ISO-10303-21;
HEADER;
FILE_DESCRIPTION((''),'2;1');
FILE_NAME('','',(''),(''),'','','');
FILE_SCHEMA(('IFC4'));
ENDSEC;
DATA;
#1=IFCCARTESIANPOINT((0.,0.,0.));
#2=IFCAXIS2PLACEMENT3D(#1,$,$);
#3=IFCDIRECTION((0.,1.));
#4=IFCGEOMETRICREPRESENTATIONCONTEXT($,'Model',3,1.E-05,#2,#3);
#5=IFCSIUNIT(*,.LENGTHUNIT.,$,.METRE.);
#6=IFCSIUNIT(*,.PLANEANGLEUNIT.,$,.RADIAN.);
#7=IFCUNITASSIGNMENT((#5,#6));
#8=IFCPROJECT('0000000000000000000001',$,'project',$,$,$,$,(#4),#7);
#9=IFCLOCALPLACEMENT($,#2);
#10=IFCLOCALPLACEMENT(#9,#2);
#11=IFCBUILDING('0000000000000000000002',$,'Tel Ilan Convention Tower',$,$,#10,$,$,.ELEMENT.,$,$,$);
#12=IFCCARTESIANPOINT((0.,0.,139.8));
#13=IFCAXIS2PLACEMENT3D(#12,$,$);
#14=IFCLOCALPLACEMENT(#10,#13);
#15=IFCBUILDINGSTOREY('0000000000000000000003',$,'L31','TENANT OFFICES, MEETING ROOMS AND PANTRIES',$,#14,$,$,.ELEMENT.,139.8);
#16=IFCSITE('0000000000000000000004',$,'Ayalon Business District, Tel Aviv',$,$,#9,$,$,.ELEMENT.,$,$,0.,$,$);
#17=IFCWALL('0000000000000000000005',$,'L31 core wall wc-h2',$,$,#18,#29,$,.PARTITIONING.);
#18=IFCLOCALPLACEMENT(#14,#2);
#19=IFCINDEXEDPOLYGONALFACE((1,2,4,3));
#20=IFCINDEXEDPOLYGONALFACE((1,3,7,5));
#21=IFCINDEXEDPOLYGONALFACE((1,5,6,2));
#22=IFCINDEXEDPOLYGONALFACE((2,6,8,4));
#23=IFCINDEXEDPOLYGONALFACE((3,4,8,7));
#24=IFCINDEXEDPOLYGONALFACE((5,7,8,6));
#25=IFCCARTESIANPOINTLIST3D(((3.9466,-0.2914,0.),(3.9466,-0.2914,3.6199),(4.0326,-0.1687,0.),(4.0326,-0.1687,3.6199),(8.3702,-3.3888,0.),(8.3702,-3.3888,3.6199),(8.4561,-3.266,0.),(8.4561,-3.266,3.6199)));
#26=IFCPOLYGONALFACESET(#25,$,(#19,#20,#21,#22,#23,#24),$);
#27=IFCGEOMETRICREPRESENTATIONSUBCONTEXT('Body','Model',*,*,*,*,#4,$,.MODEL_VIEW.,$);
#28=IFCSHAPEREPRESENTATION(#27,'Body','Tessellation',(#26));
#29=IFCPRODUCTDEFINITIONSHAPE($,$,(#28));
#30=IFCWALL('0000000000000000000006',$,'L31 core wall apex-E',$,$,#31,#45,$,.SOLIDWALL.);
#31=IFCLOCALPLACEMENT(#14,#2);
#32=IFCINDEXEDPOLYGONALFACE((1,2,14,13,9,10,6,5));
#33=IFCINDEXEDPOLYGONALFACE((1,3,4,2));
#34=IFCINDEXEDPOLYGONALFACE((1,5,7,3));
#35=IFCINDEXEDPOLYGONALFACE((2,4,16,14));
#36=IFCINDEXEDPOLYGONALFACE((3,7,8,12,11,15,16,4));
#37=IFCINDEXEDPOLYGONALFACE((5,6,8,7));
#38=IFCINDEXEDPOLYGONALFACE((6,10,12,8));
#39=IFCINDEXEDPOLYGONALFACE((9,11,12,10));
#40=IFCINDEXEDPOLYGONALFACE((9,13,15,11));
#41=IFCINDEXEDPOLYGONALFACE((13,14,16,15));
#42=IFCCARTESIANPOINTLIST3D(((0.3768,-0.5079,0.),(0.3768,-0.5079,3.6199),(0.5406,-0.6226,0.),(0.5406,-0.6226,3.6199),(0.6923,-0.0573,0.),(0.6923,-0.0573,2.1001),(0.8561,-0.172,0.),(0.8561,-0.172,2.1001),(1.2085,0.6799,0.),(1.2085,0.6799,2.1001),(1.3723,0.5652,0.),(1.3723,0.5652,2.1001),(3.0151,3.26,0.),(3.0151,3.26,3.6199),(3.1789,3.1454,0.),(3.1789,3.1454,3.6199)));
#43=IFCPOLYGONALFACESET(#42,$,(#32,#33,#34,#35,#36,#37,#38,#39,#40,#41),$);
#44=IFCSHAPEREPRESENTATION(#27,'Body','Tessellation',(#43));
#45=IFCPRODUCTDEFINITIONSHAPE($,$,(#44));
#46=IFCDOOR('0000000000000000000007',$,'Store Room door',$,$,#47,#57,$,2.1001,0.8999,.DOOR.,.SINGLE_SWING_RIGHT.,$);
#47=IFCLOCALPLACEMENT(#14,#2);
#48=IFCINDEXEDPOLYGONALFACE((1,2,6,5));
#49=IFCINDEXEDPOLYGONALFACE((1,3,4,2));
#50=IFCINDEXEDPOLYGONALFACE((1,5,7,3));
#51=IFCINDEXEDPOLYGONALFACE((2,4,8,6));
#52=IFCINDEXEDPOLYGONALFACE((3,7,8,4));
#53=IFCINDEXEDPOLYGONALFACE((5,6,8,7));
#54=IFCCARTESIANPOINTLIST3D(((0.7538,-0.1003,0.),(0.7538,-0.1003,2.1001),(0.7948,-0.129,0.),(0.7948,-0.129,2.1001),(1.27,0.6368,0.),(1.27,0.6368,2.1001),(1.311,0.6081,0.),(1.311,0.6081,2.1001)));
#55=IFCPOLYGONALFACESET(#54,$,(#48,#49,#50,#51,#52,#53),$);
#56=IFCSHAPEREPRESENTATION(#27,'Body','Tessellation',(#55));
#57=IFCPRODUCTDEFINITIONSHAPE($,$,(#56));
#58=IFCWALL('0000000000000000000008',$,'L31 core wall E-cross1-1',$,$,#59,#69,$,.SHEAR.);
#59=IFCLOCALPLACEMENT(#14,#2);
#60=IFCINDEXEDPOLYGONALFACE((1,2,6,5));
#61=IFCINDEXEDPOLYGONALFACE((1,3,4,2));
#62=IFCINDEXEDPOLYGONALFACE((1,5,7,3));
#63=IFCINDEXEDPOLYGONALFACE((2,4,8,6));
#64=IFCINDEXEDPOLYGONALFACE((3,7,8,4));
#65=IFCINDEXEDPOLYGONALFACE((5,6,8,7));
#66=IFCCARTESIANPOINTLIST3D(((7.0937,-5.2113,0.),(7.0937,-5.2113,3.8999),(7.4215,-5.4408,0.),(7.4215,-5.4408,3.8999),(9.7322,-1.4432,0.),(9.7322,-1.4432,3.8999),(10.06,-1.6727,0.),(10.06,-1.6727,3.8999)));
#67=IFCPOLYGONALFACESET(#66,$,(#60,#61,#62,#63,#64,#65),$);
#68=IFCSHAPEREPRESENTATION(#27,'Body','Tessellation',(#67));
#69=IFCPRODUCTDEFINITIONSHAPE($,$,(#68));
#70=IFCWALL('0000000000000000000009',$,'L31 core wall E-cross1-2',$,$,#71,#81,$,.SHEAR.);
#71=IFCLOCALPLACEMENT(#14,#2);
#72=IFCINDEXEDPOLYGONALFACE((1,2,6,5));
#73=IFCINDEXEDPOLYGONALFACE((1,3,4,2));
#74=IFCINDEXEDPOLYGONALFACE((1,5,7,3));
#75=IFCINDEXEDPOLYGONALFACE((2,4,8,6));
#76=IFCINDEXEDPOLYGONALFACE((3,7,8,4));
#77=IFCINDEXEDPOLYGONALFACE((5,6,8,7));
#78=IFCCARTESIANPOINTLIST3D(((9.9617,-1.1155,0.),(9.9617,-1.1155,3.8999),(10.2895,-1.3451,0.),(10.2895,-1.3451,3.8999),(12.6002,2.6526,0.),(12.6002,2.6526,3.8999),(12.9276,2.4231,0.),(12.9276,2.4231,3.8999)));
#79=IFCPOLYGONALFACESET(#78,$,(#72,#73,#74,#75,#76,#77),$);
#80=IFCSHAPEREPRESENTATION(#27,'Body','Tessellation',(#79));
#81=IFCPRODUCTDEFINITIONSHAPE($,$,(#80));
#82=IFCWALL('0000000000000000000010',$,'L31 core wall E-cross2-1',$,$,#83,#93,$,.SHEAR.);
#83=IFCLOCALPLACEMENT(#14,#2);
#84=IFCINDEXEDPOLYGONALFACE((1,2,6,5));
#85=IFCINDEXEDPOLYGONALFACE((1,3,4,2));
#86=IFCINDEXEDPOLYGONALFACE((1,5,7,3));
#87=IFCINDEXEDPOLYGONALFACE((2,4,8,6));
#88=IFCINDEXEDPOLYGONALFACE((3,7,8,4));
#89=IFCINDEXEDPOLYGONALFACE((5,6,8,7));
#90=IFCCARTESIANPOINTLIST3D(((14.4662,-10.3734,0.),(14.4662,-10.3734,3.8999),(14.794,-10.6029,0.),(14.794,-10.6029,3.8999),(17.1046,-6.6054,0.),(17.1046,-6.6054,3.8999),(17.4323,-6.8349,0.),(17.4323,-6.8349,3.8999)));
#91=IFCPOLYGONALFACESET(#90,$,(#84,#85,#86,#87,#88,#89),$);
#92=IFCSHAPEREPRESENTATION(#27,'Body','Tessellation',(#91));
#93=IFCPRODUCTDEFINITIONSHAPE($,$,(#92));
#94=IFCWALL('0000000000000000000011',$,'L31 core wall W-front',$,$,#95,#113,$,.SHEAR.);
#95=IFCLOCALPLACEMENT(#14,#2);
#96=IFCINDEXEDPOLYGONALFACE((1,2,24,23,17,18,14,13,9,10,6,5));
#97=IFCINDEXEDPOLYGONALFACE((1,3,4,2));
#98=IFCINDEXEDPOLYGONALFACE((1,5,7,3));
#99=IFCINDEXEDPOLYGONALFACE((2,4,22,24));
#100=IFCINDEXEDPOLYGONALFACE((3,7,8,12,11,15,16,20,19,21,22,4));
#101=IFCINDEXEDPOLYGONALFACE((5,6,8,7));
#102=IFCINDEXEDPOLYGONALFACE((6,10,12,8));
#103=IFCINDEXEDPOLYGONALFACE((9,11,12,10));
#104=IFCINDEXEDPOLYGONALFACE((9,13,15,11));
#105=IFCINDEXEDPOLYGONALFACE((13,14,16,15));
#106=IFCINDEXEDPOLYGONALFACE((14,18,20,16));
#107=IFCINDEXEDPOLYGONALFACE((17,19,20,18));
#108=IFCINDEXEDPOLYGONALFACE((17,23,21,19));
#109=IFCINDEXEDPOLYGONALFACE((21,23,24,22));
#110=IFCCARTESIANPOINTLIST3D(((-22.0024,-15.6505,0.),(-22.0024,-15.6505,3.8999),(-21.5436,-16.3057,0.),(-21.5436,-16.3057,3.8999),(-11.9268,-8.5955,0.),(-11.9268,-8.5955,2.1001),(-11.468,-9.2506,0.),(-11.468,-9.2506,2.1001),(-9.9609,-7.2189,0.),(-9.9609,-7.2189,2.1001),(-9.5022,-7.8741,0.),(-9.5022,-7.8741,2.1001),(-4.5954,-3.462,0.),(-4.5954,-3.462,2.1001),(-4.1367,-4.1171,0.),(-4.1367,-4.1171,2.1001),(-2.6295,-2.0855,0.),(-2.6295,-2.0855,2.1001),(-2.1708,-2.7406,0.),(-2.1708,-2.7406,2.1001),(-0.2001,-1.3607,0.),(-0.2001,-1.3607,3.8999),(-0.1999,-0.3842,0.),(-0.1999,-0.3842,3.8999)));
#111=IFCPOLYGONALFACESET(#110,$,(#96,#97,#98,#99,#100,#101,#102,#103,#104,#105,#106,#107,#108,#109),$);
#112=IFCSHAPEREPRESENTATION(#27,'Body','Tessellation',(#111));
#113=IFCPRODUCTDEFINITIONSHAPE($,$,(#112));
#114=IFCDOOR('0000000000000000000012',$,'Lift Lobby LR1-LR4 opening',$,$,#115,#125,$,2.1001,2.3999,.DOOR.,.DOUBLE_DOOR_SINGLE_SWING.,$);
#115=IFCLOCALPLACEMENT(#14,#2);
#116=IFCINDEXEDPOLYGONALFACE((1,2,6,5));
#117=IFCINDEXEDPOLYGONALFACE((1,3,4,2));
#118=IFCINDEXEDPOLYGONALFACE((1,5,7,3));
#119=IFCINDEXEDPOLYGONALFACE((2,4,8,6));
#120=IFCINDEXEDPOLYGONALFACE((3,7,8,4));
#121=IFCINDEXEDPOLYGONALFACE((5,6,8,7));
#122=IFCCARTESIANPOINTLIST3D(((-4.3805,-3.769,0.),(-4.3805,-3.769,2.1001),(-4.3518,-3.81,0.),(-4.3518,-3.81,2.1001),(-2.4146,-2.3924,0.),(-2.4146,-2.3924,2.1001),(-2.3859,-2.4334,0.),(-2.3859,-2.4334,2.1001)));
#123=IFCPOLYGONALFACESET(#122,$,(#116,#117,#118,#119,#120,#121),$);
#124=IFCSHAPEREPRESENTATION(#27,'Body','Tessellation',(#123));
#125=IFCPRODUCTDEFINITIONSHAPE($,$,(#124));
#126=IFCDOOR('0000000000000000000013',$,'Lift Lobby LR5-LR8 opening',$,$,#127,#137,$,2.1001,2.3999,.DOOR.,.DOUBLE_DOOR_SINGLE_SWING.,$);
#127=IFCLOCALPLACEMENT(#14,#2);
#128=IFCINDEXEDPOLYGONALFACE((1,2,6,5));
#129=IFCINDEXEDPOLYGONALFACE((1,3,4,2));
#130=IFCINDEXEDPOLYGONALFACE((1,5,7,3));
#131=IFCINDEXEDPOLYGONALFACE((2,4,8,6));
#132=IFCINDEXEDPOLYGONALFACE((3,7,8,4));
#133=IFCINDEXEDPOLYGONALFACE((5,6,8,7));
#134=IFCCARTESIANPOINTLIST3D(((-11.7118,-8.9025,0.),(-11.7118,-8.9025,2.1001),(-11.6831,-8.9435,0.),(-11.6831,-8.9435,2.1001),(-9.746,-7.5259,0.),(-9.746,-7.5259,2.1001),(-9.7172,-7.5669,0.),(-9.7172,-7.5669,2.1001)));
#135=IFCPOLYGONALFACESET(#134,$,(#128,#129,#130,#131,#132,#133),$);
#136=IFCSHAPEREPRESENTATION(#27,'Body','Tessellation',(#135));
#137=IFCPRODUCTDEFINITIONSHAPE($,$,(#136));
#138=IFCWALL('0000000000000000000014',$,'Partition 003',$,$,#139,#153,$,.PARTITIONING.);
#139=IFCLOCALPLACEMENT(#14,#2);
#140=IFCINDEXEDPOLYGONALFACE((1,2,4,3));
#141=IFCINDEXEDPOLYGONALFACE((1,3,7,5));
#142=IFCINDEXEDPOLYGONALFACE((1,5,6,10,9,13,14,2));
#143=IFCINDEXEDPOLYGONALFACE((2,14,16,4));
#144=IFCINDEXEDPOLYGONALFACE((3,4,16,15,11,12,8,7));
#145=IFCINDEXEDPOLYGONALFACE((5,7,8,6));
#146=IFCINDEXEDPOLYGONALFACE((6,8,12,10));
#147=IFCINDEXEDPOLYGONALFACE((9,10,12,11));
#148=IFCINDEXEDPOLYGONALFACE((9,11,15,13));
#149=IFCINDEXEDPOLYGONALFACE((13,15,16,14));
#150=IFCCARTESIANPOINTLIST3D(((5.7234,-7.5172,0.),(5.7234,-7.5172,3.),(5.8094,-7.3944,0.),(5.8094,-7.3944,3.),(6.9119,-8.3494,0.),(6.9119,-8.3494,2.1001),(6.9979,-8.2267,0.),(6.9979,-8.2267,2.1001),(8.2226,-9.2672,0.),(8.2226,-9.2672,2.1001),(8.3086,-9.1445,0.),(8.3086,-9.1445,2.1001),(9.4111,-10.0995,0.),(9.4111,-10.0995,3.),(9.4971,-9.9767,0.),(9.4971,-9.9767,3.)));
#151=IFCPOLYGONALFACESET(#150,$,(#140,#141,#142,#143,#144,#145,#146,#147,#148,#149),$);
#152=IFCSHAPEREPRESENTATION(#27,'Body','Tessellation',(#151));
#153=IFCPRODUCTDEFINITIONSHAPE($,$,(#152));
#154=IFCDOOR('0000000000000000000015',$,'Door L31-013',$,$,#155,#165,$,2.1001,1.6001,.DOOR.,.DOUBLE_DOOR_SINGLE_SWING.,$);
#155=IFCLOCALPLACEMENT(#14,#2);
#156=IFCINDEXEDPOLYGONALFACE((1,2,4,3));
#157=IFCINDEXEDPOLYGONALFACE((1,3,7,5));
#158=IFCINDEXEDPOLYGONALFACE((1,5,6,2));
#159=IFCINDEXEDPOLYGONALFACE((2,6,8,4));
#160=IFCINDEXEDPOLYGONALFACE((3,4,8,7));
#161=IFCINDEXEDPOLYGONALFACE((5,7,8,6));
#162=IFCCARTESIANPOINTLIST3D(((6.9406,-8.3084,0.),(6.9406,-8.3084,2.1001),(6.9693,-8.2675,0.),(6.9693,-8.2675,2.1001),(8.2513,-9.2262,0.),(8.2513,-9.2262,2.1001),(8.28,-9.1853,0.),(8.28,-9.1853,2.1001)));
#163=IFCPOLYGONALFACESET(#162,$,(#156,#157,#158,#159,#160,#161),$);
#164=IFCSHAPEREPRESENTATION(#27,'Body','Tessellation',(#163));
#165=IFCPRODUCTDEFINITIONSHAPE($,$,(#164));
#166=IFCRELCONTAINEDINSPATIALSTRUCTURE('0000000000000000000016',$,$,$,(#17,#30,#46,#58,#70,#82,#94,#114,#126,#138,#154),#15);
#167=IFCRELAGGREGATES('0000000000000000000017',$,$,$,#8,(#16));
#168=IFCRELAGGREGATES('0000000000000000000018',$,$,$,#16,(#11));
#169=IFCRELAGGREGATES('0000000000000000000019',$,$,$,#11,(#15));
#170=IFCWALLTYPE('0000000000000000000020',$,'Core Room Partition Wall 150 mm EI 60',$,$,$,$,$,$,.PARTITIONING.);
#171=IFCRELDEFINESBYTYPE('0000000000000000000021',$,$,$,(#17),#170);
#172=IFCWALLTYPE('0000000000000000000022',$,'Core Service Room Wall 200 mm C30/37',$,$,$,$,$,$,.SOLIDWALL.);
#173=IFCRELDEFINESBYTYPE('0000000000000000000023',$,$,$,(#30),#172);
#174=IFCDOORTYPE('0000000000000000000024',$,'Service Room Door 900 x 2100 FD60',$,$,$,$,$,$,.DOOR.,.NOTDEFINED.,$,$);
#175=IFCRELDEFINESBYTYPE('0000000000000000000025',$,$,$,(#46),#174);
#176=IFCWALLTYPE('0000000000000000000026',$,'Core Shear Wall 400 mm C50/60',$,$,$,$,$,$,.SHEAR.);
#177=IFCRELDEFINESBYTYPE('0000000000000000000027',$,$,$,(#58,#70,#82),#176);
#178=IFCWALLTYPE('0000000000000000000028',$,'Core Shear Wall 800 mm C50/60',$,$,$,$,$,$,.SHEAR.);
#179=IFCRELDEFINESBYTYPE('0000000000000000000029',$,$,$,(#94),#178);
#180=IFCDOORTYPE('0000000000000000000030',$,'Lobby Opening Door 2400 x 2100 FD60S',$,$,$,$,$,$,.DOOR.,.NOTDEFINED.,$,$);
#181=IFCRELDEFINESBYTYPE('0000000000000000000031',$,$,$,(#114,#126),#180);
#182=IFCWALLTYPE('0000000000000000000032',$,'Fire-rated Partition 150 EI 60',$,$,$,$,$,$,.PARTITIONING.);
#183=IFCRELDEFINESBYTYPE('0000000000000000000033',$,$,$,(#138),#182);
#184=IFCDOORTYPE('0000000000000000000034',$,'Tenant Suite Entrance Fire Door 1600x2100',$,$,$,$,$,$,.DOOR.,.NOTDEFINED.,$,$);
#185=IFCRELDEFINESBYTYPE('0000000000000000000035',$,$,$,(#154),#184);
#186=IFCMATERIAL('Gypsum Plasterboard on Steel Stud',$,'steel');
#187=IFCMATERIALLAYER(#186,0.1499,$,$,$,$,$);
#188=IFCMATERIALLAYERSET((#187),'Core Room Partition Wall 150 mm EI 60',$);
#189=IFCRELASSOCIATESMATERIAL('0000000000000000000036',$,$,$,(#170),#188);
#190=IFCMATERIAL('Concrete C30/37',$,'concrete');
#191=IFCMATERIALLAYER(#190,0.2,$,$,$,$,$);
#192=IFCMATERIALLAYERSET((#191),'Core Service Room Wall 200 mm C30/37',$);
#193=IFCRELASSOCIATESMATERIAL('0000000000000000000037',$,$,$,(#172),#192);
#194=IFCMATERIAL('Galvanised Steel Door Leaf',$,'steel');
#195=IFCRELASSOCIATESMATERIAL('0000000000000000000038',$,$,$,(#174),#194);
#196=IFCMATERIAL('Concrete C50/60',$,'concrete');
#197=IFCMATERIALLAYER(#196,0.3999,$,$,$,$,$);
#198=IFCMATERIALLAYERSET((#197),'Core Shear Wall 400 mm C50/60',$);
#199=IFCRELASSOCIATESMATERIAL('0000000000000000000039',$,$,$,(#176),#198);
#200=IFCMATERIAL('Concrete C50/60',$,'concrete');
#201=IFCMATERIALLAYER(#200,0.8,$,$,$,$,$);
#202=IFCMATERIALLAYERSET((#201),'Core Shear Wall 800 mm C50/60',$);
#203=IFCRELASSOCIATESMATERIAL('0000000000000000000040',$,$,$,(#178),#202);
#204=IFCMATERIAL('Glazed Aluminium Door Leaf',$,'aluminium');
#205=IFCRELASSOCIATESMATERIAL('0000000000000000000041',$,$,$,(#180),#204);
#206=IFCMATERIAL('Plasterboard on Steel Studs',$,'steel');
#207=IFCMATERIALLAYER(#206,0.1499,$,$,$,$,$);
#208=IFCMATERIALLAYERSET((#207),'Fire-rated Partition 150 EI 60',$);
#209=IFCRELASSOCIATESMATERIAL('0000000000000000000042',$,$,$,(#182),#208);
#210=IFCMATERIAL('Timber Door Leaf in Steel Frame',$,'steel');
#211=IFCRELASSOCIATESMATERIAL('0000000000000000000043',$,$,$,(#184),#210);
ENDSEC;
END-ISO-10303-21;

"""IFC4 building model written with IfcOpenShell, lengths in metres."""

from ifc_helpers import new_model, si_unit, direction, frame, frame_2d, origin, place, context, subcontext, project, spatial, polyline, rectangle, outline, extrude, material, layer, layer_set, type_object, element, fill, save


model = new_model("IFC4")

# Units and contexts
model_context = context("Model", 3, precision=1e-05, world=origin(), true_north=direction((0.0, 1.0)))
body_context = subcontext(model_context, "Body", "Model", "MODEL_VIEW")
ifc_project = project(units=[si_unit("LENGTHUNIT", "METRE"), si_unit("PLANEANGLEUNIT", "RADIAN")], contexts=[model_context])

# Site, building, storey
site_placement = place(None, origin())
site = spatial("IfcSite", under=ifc_project, at=site_placement, Name="Ayalon Business District, Tel Aviv", CompositionType="ELEMENT", RefElevation=0.0)
building_placement = place(site_placement, origin())
building = spatial("IfcBuilding", under=site, at=building_placement, Name="Tel Ilan Convention Tower", CompositionType="ELEMENT")
storey_placement = place(building_placement, frame((0.0, 0.0, 139.8)))
storey = spatial("IfcBuildingStorey", under=building, at=storey_placement, Name="L31", Description="TENANT OFFICES, MEETING ROOMS AND PANTRIES", CompositionType="ELEMENT", Elevation=139.8)

# Shared definitions
ifc_material_1 = material(Name="Gypsum Plasterboard on Steel Stud", Category="steel")
ifc_layer_1 = layer(ifc_material_1, 0.1499)
ifc_layer_set_1 = layer_set([ifc_layer_1], Name="Core Room Partition Wall 150 mm EI 60")
wall_type_1 = type_object("IfcWallType", Name="Core Room Partition Wall 150 mm EI 60", PredefinedType="PARTITIONING", material=ifc_layer_set_1)

# Wall
wall_1_placement = place(storey_placement, frame((3.9895, -0.23, 0.0), z_axis=(0.0, 0.0, 1.0), x_axis=(0.819153, -0.573575, 0.0)))
element("IfcWall", 1, at=wall_1_placement, inside=storey, type_object=wall_type_1, Name="L31 core wall wc-h2", PredefinedType="PARTITIONING", context=body_context, shape_type="SweptSolid", body=[
    extrude(rectangle(XDim=5.4001, YDim=0.1499, at=frame_2d((2.7002, 0.0))), origin(), (0.0, 0.0, 1.0), 3.6199),
])

# Wall, opening, door
ifc_material_2 = material(Name="Concrete C30/37", Category="concrete")
ifc_layer_2 = layer(ifc_material_2, 0.2)
ifc_layer_set_2 = layer_set([ifc_layer_2], Name="Core Service Room Wall 200 mm C30/37")
wall_type_2 = type_object("IfcWallType", Name="Core Service Room Wall 200 mm C30/37", PredefinedType="SOLIDWALL", material=ifc_layer_set_2)
wall_2_placement = place(storey_placement, frame((0.4587, -0.5652, 0.0), z_axis=(0.0, 0.0, 1.0), x_axis=(0.573576, 0.819152, 0.0)))
wall_2 = element("IfcWall", 2, at=wall_2_placement, inside=storey, type_object=wall_type_2, Name="L31 core wall apex-E", PredefinedType="SOLIDWALL", context=body_context, shape_type="SweptSolid", body=[
    extrude(rectangle(XDim=4.5999, YDim=0.2, at=frame_2d((2.2998, 0.0))), origin(), (0.0, 0.0, 1.0), 3.6199),
])
opening_1_placement = place(wall_2_placement, frame((0.55, 0.0, 0.0)))
opening_1 = element("IfcOpeningElement", 3, at=opening_1_placement, cuts=wall_2, PredefinedType="OPENING", context=body_context, shape_type="SweptSolid", body=[
    extrude(rectangle(XDim=0.8999, YDim=2.1001, at=frame_2d((0.45, 1.05))), frame((0.0, 0.1099, 0.0), z_axis=(0.0, -1.0, 0.0), x_axis=(1.0, 0.0, 0.0)), (0.0, 0.0, 1.0), 0.22),
])
ifc_material_3 = material(Name="Galvanised Steel Door Leaf", Category="steel")
door_type_1 = type_object("IfcDoorType", Name="Service Room Door 900 x 2100 FD60", OperationType="NOTDEFINED", PredefinedType="DOOR", material=ifc_material_3)
door_1_placement = place(opening_1_placement, origin())
door_1 = element("IfcDoor", 4, at=door_1_placement, inside=storey, type_object=door_type_1, Name="Store Room door", OperationType="SINGLE_SWING_RIGHT", OverallHeight=2.1001, OverallWidth=0.8999, PredefinedType="DOOR", context=body_context, shape_type="SweptSolid", body=[
    extrude(rectangle(XDim=0.8999, YDim=2.1001, at=frame_2d((0.45, 1.05))), frame((0.0, 0.0249, 0.0), z_axis=(0.0, -1.0, 0.0), x_axis=(1.0, 0.0, 0.0)), (0.0, 0.0, 1.0), 0.05),
])
fill(opening_1, door_1)

# Walls
ifc_material_4 = material(Name="Concrete C50/60", Category="concrete")
ifc_layer_3 = layer(ifc_material_4, 0.3999)
ifc_layer_set_3 = layer_set([ifc_layer_3], Name="Core Shear Wall 400 mm C50/60")
wall_type_3 = type_object("IfcWallType", Name="Core Shear Wall 400 mm C50/60", PredefinedType="SHEAR", material=ifc_layer_set_3)
wall_3_placement = place(storey_placement, frame((7.2578, -5.3259, 0.0), z_axis=(0.0, 0.0, 1.0), x_axis=(0.573541, 0.819177, 0.0)))
element("IfcWall", 5, at=wall_3_placement, inside=storey, type_object=wall_type_3, Name="L31 core wall E-cross1-1", PredefinedType="SHEAR", context=body_context, shape_type="SweptSolid", body=[
    extrude(outline(polyline([(-0.0002, 0.2002), (-0.0002, -0.2), (4.5999, -0.2002), (4.5999, 0.2), (-0.0002, 0.2002)])), origin(), (0.0, 0.0, 1.0), 3.8999),
])
wall_4_placement = place(storey_placement, frame((10.1255, -1.2302, 0.0), z_axis=(0.0, 0.0, 1.0), x_axis=(0.573576, 0.819152, 0.0)))
element("IfcWall", 6, at=wall_4_placement, inside=storey, type_object=wall_type_3, Name="L31 core wall E-cross1-2", PredefinedType="SHEAR", context=body_context, shape_type="SweptSolid", body=[
    extrude(outline(polyline([(4.5999, -0.2), (4.6001, 0.2), (0.0, 0.2), (0.0, -0.2002), (4.5999, -0.2)])), origin(), (0.0, 0.0, 1.0), 3.8999),
])
wall_5_placement = place(storey_placement, frame((14.6299, -10.4883, 0.0), z_axis=(0.0, 0.0, 1.0), x_axis=(0.573612, 0.819127, 0.0)))
element("IfcWall", 7, at=wall_5_placement, inside=storey, type_object=wall_type_3, Name="L31 core wall E-cross2-1", PredefinedType="SHEAR", context=body_context, shape_type="SweptSolid", body=[
    extrude(outline(polyline([(0.0002, 0.2), (0.0002, -0.2002), (4.6001, -0.2), (4.6001, 0.2002), (0.0002, 0.2)])), origin(), (0.0, 0.0, 1.0), 3.8999),
])

# Wall, openings, doors
ifc_material_5 = material(Name="Concrete C50/60", Category="concrete")
ifc_layer_4 = layer(ifc_material_5, 0.8)
ifc_layer_set_4 = layer_set([ifc_layer_4], Name="Core Shear Wall 800 mm C50/60")
wall_type_4 = type_object("IfcWallType", Name="Core Shear Wall 800 mm C50/60", PredefinedType="SHEAR", material=ifc_layer_set_4)
wall_6_placement = place(storey_placement, frame((0.0293, -0.7119, 0.0), z_axis=(0.0, 0.0, 1.0), x_axis=(-0.819152, -0.573577, 0.0)))
wall_6 = element("IfcWall", 8, at=wall_6_placement, inside=storey, type_object=wall_type_4, Name="L31 core wall W-front", PredefinedType="SHEAR", context=body_context, shape_type="SweptSolid", body=[
    extrude(outline(polyline([(26.6157, 0.3999), (0.5601, 0.3999), (-0.0002, -0.3999), (26.6157, -0.3999), (26.6157, 0.3999)])), origin(), (0.0, 0.0, 1.0), 3.8999),
])
opening_2_placement = place(wall_6_placement, frame((2.9658, 0.0, 0.0)))
opening_2 = element("IfcOpeningElement", 9, at=opening_2_placement, cuts=wall_6, PredefinedType="OPENING", context=body_context, shape_type="SweptSolid", body=[
    extrude(rectangle(XDim=2.3999, YDim=2.1001, at=frame_2d((1.2, 1.05))), frame((0.0, 0.4099, 0.0), z_axis=(0.0, -1.0, 0.0), x_axis=(1.0, 0.0, 0.0)), (0.0, 0.0, 1.0), 0.8201),
])
opening_3_placement = place(wall_6_placement, frame((11.9158, 0.0, 0.0)))
opening_3 = element("IfcOpeningElement", 10, at=opening_3_placement, cuts=wall_6, PredefinedType="OPENING", context=body_context, shape_type="SweptSolid", body=[
    extrude(rectangle(XDim=2.3999, YDim=2.1001, at=frame_2d((1.2, 1.05))), frame((0.0, 0.4099, 0.0), z_axis=(0.0, -1.0, 0.0), x_axis=(1.0, 0.0, 0.0)), (0.0, 0.0, 1.0), 0.8201),
])
ifc_material_6 = material(Name="Glazed Aluminium Door Leaf", Category="aluminium")
door_type_2 = type_object("IfcDoorType", Name="Lobby Opening Door 2400 x 2100 FD60S", OperationType="NOTDEFINED", PredefinedType="DOOR", material=ifc_material_6)
door_2_placement = place(opening_2_placement, origin())
door_2 = element("IfcDoor", 11, at=door_2_placement, inside=storey, type_object=door_type_2, Name="Lift Lobby LR1-LR4 opening", OperationType="DOUBLE_DOOR_SINGLE_SWING", OverallHeight=2.1001, OverallWidth=2.3999, PredefinedType="DOOR", context=body_context, shape_type="SweptSolid", body=[
    extrude(rectangle(XDim=2.3999, YDim=2.1001, at=frame_2d((1.2, 1.05))), frame((0.0, 0.0249, 0.0), z_axis=(0.0, -1.0, 0.0), x_axis=(1.0, 0.0, 0.0)), (0.0, 0.0, 1.0), 0.05),
])
fill(opening_2, door_2)
door_3_placement = place(opening_3_placement, origin())
door_3 = element("IfcDoor", 12, at=door_3_placement, inside=storey, type_object=door_type_2, Name="Lift Lobby LR5-LR8 opening", OperationType="DOUBLE_DOOR_SINGLE_SWING", OverallHeight=2.1001, OverallWidth=2.3999, PredefinedType="DOOR", context=body_context, shape_type="SweptSolid", body=[
    extrude(rectangle(XDim=2.3999, YDim=2.1001, at=frame_2d((1.2, 1.05))), frame((0.0, 0.0249, 0.0), z_axis=(0.0, -1.0, 0.0), x_axis=(1.0, 0.0, 0.0)), (0.0, 0.0, 1.0), 0.05),
])
fill(opening_3, door_3)

# Wall, opening, door
ifc_material_7 = material(Name="Plasterboard on Steel Studs", Category="steel")
ifc_layer_5 = layer(ifc_material_7, 0.1499)
ifc_layer_set_5 = layer_set([ifc_layer_5], Name="Fire-rated Partition 150 EI 60")
wall_type_5 = type_object("IfcWallType", Name="Fire-rated Partition 150 EI 60", PredefinedType="PARTITIONING", material=ifc_layer_set_5)
wall_7_placement = place(storey_placement, frame((9.4541, -10.0381, 0.0), z_axis=(0.0, 0.0, 1.0), x_axis=(-0.819143, 0.57359, 0.0)))
wall_7 = element("IfcWall", 13, at=wall_7_placement, inside=storey, type_object=wall_type_5, Name="Partition 003", PredefinedType="PARTITIONING", context=body_context, shape_type="SweptSolid", body=[
    extrude(rectangle(XDim=4.502, YDim=0.1499, at=frame_2d((2.251, 0.0))), origin(), (0.0, 0.0, 1.0), 3.0),
])
opening_4_placement = place(wall_7_placement, frame((1.4509, 0.0, 0.0)))
opening_4 = element("IfcOpeningElement", 14, at=opening_4_placement, cuts=wall_7, PredefinedType="OPENING", context=body_context, shape_type="SweptSolid", body=[
    extrude(rectangle(XDim=1.6001, YDim=2.1001, at=frame_2d((0.8, 1.05))), frame((0.0, 0.085, 0.0), z_axis=(0.0, -1.0, 0.0), x_axis=(1.0, 0.0, 0.0)), (0.0, 0.0, 1.0), 0.1699),
])
ifc_material_8 = material(Name="Timber Door Leaf in Steel Frame", Category="steel")
door_type_3 = type_object("IfcDoorType", Name="Tenant Suite Entrance Fire Door 1600x2100", OperationType="NOTDEFINED", PredefinedType="DOOR", material=ifc_material_8)
door_4_placement = place(opening_4_placement, origin())
door_4 = element("IfcDoor", 15, at=door_4_placement, inside=storey, type_object=door_type_3, Name="Door L31-013", OperationType="DOUBLE_DOOR_SINGLE_SWING", OverallHeight=2.1001, OverallWidth=1.6001, PredefinedType="DOOR", context=body_context, shape_type="SweptSolid", body=[
    extrude(rectangle(XDim=1.6001, YDim=2.1001, at=frame_2d((0.8, 1.05))), frame((0.0, 0.0249, 0.0), z_axis=(0.0, -1.0, 0.0), x_axis=(1.0, 0.0, 0.0)), (0.0, 0.0, 1.0), 0.05),
])
fill(opening_4, door_4)

save(model, "model.ifc")
